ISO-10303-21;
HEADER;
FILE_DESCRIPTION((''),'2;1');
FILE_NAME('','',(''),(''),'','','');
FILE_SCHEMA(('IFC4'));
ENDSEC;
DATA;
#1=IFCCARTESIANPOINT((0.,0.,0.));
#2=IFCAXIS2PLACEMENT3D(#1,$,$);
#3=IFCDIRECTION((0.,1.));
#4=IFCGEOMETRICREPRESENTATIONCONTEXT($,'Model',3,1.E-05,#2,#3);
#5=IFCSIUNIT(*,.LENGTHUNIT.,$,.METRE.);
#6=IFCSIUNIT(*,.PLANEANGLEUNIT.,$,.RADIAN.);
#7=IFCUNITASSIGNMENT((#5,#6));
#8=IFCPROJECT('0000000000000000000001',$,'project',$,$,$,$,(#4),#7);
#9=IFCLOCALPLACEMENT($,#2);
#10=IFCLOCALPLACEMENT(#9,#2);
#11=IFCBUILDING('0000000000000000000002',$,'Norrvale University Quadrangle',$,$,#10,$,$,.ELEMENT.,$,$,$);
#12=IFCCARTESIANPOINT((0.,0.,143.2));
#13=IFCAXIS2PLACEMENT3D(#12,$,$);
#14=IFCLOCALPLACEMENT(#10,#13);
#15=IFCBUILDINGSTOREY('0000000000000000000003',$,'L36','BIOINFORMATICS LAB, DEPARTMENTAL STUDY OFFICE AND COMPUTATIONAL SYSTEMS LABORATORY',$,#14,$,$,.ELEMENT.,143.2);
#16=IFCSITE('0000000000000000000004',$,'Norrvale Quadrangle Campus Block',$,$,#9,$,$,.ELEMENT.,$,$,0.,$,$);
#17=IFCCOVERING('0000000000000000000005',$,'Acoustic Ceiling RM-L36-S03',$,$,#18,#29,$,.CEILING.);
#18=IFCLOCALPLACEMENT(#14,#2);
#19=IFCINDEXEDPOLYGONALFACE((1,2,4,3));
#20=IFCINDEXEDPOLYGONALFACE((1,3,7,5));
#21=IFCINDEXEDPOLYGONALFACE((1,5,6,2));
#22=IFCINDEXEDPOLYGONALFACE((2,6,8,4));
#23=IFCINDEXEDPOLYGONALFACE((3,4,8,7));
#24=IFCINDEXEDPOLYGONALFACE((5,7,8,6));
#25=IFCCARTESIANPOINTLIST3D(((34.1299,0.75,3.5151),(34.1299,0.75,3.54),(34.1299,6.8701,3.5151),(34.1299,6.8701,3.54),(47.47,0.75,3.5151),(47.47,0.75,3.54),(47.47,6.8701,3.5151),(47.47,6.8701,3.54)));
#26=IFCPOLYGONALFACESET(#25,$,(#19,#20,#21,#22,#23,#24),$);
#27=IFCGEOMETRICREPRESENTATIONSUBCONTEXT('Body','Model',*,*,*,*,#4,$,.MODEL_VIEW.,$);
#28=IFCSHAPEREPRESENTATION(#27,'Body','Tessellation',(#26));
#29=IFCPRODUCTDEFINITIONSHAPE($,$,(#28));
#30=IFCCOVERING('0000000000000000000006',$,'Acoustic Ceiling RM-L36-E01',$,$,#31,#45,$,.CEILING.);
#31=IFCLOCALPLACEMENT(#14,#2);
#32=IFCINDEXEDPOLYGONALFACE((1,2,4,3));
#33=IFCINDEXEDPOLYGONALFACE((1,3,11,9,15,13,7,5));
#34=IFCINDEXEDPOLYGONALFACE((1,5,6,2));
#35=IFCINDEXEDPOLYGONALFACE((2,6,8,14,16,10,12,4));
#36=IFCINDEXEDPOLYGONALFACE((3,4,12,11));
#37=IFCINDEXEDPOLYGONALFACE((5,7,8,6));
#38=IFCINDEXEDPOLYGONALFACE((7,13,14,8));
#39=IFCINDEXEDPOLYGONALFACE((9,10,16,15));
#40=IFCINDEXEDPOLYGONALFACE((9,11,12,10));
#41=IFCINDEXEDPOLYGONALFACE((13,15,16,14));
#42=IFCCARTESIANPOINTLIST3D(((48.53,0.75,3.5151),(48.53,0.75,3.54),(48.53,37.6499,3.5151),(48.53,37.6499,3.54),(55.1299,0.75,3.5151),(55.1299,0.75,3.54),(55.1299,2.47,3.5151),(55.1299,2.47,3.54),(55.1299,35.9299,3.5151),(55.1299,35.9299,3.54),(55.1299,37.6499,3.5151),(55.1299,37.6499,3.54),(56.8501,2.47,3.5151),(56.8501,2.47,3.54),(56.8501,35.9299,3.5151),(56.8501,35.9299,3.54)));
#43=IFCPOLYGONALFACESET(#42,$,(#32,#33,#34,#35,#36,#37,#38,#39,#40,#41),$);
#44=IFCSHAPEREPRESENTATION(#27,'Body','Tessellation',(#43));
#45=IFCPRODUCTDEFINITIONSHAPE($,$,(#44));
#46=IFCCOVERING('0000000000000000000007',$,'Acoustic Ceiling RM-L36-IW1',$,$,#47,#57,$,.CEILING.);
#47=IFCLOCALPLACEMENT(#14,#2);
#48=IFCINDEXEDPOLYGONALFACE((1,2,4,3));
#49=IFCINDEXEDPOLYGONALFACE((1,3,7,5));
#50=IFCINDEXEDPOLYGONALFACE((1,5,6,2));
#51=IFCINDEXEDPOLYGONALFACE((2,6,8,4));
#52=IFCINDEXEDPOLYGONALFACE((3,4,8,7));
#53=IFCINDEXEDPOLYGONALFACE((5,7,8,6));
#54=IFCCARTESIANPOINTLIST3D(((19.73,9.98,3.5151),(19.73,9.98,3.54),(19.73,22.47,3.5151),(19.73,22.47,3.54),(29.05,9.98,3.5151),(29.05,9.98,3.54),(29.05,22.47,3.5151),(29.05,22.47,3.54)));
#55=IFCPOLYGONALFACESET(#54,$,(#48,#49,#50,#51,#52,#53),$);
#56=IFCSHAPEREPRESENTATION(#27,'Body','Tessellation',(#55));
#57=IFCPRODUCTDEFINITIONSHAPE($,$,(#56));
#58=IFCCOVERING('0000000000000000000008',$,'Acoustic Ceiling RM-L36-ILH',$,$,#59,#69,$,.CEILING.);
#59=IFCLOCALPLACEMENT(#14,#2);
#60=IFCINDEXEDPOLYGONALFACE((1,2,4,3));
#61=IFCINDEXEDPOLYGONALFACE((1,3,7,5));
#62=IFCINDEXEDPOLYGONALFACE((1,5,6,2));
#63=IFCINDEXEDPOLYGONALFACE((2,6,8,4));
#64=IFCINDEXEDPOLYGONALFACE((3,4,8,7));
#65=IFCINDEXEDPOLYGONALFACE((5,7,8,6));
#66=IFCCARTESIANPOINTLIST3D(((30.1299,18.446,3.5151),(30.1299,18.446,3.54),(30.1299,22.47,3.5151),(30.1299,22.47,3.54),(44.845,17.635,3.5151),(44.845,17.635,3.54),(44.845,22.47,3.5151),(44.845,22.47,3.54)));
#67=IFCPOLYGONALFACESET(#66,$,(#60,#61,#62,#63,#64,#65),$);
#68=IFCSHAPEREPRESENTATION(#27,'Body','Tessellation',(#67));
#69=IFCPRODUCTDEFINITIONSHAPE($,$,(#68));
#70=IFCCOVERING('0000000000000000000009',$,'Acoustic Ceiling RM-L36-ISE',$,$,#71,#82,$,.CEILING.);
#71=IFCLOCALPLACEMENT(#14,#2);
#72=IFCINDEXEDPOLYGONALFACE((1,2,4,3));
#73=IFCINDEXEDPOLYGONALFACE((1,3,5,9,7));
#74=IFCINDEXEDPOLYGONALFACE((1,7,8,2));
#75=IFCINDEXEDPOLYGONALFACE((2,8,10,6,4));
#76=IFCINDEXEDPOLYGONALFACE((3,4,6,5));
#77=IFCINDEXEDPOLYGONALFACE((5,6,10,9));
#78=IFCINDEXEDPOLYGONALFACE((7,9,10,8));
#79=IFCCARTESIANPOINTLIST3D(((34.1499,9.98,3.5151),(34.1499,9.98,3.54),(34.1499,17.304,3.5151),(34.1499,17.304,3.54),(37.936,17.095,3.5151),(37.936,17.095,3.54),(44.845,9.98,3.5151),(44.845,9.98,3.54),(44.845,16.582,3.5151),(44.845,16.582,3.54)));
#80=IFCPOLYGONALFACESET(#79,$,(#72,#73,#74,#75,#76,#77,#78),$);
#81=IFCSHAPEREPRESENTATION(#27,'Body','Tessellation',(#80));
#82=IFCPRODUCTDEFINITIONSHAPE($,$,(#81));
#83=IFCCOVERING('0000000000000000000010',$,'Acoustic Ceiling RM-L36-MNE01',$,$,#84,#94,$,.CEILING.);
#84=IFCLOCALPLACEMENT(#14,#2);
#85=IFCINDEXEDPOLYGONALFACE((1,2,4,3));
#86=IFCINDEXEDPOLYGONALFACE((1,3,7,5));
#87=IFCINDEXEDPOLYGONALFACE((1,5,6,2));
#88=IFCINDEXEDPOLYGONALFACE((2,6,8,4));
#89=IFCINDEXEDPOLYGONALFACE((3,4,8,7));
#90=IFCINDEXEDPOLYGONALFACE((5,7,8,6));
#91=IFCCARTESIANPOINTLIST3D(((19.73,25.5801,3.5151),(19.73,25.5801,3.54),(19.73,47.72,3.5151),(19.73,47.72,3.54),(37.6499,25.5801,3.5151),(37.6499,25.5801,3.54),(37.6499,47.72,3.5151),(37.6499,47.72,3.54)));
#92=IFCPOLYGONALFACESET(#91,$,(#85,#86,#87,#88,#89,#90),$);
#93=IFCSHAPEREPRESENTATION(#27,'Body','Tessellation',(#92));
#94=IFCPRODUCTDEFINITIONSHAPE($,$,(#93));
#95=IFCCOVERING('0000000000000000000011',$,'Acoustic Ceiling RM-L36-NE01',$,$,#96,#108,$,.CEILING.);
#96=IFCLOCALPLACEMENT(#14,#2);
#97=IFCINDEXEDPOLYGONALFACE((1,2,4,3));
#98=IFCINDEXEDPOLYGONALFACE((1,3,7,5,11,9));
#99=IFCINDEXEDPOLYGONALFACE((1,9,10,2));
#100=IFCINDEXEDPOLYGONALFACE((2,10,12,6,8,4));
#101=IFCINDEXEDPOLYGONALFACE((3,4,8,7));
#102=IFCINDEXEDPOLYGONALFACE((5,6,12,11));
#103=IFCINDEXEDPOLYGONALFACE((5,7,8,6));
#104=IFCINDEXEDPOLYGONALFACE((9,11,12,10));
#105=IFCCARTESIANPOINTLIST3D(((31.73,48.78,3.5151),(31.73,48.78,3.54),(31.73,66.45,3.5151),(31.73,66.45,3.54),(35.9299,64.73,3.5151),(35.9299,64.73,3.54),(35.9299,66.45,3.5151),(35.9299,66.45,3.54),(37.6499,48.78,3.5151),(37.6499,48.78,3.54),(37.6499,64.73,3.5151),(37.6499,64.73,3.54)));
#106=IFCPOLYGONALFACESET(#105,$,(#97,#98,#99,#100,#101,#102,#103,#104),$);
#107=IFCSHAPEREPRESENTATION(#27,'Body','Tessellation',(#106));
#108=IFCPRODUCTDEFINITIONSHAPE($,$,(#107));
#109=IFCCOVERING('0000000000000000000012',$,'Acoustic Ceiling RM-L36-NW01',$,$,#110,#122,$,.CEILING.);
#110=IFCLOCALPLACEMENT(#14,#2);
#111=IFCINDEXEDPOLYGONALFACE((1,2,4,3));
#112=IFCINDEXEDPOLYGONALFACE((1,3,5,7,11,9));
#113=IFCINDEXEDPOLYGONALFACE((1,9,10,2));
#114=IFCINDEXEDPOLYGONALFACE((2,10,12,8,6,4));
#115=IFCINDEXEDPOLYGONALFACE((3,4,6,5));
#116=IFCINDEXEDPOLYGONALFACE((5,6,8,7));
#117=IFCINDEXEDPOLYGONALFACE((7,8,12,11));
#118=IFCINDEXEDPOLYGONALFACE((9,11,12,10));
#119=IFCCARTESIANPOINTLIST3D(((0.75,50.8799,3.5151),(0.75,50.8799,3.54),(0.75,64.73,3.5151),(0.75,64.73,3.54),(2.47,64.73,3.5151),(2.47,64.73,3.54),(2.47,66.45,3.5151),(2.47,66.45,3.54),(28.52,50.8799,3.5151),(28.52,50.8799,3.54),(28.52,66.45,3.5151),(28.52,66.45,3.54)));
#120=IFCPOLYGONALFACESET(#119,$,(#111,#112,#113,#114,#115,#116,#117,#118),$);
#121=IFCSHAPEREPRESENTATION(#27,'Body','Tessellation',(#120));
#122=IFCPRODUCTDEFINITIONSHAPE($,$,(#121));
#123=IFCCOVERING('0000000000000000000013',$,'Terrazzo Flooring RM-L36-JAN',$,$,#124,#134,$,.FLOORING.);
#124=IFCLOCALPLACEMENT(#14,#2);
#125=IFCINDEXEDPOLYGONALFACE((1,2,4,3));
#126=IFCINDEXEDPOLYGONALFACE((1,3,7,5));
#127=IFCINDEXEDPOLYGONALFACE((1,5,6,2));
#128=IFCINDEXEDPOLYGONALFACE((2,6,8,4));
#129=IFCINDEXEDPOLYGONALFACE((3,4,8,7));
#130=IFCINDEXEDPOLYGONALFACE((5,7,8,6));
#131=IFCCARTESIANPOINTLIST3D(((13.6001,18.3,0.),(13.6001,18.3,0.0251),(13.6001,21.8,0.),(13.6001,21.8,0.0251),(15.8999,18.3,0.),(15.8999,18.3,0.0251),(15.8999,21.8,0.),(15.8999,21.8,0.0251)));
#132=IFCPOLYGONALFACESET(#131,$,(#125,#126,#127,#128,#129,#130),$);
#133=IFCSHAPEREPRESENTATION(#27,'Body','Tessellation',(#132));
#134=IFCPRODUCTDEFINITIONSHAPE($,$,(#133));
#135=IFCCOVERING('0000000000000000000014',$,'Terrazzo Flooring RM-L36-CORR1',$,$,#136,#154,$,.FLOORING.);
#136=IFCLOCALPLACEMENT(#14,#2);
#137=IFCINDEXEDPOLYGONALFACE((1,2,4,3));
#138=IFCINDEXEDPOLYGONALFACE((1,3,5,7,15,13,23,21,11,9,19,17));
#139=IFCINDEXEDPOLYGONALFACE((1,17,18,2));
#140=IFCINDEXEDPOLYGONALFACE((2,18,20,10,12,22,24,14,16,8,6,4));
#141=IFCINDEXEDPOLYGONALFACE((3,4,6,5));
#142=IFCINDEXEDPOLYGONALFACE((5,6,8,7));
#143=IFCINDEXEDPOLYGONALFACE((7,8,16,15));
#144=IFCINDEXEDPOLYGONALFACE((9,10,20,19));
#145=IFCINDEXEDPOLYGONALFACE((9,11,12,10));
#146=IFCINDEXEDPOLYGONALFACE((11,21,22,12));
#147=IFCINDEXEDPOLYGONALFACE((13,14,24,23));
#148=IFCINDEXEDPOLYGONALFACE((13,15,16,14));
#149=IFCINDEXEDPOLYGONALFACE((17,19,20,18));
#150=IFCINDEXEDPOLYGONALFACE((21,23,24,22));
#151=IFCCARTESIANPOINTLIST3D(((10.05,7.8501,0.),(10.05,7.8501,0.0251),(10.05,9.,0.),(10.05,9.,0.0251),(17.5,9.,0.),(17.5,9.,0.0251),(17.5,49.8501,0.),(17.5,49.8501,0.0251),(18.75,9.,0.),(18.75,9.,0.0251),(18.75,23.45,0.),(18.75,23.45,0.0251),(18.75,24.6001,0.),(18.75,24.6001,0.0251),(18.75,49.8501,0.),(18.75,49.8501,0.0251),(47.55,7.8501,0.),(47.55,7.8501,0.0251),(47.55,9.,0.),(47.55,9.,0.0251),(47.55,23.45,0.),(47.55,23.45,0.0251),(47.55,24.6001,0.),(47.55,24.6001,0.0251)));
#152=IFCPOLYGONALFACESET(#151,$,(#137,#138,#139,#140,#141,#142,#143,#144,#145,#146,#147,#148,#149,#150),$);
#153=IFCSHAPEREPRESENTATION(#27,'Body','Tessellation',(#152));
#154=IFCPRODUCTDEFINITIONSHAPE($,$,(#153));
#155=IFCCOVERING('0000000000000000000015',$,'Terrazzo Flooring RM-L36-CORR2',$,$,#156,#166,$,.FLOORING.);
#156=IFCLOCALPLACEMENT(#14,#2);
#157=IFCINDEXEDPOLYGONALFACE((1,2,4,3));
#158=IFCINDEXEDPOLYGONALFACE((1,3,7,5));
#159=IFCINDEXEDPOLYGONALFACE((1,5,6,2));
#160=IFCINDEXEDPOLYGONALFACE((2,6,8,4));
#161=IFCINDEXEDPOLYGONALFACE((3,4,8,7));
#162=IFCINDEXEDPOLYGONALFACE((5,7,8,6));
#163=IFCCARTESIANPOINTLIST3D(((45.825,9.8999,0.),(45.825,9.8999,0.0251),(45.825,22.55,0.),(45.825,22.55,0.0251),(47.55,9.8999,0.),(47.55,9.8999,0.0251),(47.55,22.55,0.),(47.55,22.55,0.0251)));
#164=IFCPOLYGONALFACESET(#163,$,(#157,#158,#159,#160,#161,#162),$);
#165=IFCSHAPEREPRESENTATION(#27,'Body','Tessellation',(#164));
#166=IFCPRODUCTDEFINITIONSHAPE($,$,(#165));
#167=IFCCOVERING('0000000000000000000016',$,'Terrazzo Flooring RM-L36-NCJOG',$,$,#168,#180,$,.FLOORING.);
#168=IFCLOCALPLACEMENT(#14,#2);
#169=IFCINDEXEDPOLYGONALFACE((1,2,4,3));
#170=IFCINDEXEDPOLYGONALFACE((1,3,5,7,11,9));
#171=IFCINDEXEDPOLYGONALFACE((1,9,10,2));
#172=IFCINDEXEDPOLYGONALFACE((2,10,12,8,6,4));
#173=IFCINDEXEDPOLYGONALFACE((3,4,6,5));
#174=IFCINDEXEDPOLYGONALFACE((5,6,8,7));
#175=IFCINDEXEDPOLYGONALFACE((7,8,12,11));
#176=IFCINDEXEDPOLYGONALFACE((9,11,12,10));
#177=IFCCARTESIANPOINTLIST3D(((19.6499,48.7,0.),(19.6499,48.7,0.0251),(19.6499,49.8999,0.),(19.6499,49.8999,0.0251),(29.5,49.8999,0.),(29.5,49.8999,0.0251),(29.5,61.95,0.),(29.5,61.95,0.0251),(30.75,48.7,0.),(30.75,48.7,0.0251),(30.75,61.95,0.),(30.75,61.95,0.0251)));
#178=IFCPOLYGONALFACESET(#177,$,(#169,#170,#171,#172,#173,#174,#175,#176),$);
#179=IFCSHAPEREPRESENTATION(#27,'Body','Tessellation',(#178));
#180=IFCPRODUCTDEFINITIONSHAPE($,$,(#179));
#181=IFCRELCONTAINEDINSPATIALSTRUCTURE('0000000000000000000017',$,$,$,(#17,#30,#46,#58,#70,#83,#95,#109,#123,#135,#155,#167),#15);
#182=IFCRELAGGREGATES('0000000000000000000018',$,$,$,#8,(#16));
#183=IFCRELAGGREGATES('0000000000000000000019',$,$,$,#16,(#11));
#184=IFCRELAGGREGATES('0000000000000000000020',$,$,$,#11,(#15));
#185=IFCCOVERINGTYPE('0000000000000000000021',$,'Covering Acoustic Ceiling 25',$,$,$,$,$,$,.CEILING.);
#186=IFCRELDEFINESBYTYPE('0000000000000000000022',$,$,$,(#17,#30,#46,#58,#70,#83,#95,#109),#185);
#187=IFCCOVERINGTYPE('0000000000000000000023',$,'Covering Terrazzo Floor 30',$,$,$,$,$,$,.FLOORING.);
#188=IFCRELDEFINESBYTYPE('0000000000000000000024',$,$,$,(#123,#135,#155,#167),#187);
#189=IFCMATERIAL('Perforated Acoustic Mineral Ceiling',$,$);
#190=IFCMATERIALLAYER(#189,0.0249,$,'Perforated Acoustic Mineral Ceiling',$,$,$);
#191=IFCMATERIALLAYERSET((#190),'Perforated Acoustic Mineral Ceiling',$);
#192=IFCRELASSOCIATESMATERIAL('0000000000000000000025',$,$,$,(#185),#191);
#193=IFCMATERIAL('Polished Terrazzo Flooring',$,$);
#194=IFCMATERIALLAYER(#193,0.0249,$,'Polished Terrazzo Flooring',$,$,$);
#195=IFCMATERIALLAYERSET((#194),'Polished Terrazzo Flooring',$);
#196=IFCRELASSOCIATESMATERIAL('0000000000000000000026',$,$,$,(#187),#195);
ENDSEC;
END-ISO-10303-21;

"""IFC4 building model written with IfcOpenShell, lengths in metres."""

from ifc_helpers import new_model, si_unit, direction, frame, origin, place, context, subcontext, project, spatial, polyline, outline, extrude, material, layer, layer_set, type_object, element, save


model = new_model("IFC4")

# Units and contexts
model_context = context("Model", 3, precision=1e-05, world=origin(), true_north=direction((0.0, 1.0)))
body_context = subcontext(model_context, "Body", "Model", "MODEL_VIEW")
ifc_project = project(units=[si_unit("LENGTHUNIT", "METRE"), si_unit("PLANEANGLEUNIT", "RADIAN")], contexts=[model_context])

# Site, building, storey
site_placement = place(None, origin())
site = spatial("IfcSite", under=ifc_project, at=site_placement, Name="Norrvale Quadrangle Campus Block", CompositionType="ELEMENT", RefElevation=0.0)
building_placement = place(site_placement, origin())
building = spatial("IfcBuilding", under=site, at=building_placement, Name="Norrvale University Quadrangle", CompositionType="ELEMENT")
storey_placement = place(building_placement, frame((0.0, 0.0, 143.2)))
storey = spatial("IfcBuildingStorey", under=building, at=storey_placement, Name="L36", Description="BIOINFORMATICS LAB, DEPARTMENTAL STUDY OFFICE AND COMPUTATIONAL SYSTEMS LABORATORY", CompositionType="ELEMENT", Elevation=143.2)

# Coverings
ifc_material_1 = material(Name="Perforated Acoustic Mineral Ceiling")
ifc_layer_1 = layer(ifc_material_1, 0.0249, Name="Perforated Acoustic Mineral Ceiling")
ifc_layer_set_1 = layer_set([ifc_layer_1], Name="Perforated Acoustic Mineral Ceiling")
covering_type_1 = type_object("IfcCoveringType", Name="Covering Acoustic Ceiling 25", PredefinedType="CEILING", material=ifc_layer_set_1)
covering_1_placement = place(storey_placement, frame((0.0, 0.0, 3.5151)))
element("IfcCovering", 1, at=covering_1_placement, inside=storey, type_object=covering_type_1, Name="Acoustic Ceiling RM-L36-S03", PredefinedType="CEILING", context=body_context, shape_type="SweptSolid", body=[
    extrude(outline(polyline([(34.1299, 6.8701), (47.47, 6.8701), (47.47, 0.75), (34.1299, 0.75), (34.1299, 6.8701)])), origin(), (0.0, 0.0, 1.0), 0.0249),
])
covering_2_placement = place(storey_placement, frame((0.0, 0.0, 3.5151)))
element("IfcCovering", 2, at=covering_2_placement, inside=storey, type_object=covering_type_1, Name="Acoustic Ceiling RM-L36-E01", PredefinedType="CEILING", context=body_context, shape_type="SweptSolid", body=[
    extrude(outline(polyline([(48.53, 0.75), (48.53, 37.6499), (55.1299, 37.6499), (55.1299, 35.9299), (56.8501, 35.9299), (56.8501, 2.47), (55.1299, 2.47), (55.1299, 0.75), (48.53, 0.75)])), origin(), (0.0, 0.0, 1.0), 0.0249),
])
covering_3_placement = place(storey_placement, frame((0.0, 0.0, 3.5151)))
element("IfcCovering", 3, at=covering_3_placement, inside=storey, type_object=covering_type_1, Name="Acoustic Ceiling RM-L36-IW1", PredefinedType="CEILING", context=body_context, shape_type="SweptSolid", body=[
    extrude(outline(polyline([(19.73, 9.98), (19.73, 22.47), (29.05, 22.47), (29.05, 9.98), (19.73, 9.98)])), origin(), (0.0, 0.0, 1.0), 0.0249),
])
covering_4_placement = place(storey_placement, frame((0.0, 0.0, 3.5151)))
element("IfcCovering", 4, at=covering_4_placement, inside=storey, type_object=covering_type_1, Name="Acoustic Ceiling RM-L36-ILH", PredefinedType="CEILING", context=body_context, shape_type="SweptSolid", body=[
    extrude(outline(polyline([(30.1299, 18.446), (30.1299, 22.47), (44.845, 22.47), (44.845, 17.635), (30.1299, 18.446)])), origin(), (0.0, 0.0, 1.0), 0.0249),
])
covering_5_placement = place(storey_placement, frame((0.0, 0.0, 3.5151)))
element("IfcCovering", 5, at=covering_5_placement, inside=storey, type_object=covering_type_1, Name="Acoustic Ceiling RM-L36-ISE", PredefinedType="CEILING", context=body_context, shape_type="SweptSolid", body=[
    extrude(outline(polyline([(44.845, 16.582), (44.845, 9.98), (34.1499, 9.98), (34.1499, 17.304), (37.936, 17.095), (44.845, 16.582)])), origin(), (0.0, 0.0, 1.0), 0.0249),
])
covering_6_placement = place(storey_placement, frame((0.0, 0.0, 3.5151)))
element("IfcCovering", 6, at=covering_6_placement, inside=storey, type_object=covering_type_1, Name="Acoustic Ceiling RM-L36-MNE01", PredefinedType="CEILING", context=body_context, shape_type="SweptSolid", body=[
    extrude(outline(polyline([(19.73, 47.72), (37.6499, 47.72), (37.6499, 25.5801), (19.73, 25.5801), (19.73, 47.72)])), origin(), (0.0, 0.0, 1.0), 0.0249),
])
covering_7_placement = place(storey_placement, frame((0.0, 0.0, 3.5151)))
element("IfcCovering", 7, at=covering_7_placement, inside=storey, type_object=covering_type_1, Name="Acoustic Ceiling RM-L36-NE01", PredefinedType="CEILING", context=body_context, shape_type="SweptSolid", body=[
    extrude(outline(polyline([(37.6499, 48.78), (31.73, 48.78), (31.73, 66.45), (35.9299, 66.45), (35.9299, 64.73), (37.6499, 64.73), (37.6499, 48.78)])), origin(), (0.0, 0.0, 1.0), 0.0249),
])
covering_8_placement = place(storey_placement, frame((0.0, 0.0, 3.5151)))
element("IfcCovering", 8, at=covering_8_placement, inside=storey, type_object=covering_type_1, Name="Acoustic Ceiling RM-L36-NW01", PredefinedType="CEILING", context=body_context, shape_type="SweptSolid", body=[
    extrude(outline(polyline([(28.52, 66.45), (28.52, 50.8799), (0.75, 50.8799), (0.75, 64.73), (2.47, 64.73), (2.47, 66.45), (28.52, 66.45)])), origin(), (0.0, 0.0, 1.0), 0.0249),
])
ifc_material_2 = material(Name="Polished Terrazzo Flooring")
ifc_layer_2 = layer(ifc_material_2, 0.0249, Name="Polished Terrazzo Flooring")
ifc_layer_set_2 = layer_set([ifc_layer_2], Name="Polished Terrazzo Flooring")
covering_type_2 = type_object("IfcCoveringType", Name="Covering Terrazzo Floor 30", PredefinedType="FLOORING", material=ifc_layer_set_2)
covering_9_placement = place(storey_placement, origin())
element("IfcCovering", 9, at=covering_9_placement, inside=storey, type_object=covering_type_2, Name="Terrazzo Flooring RM-L36-JAN", PredefinedType="FLOORING", context=body_context, shape_type="SweptSolid", body=[
    extrude(outline(polyline([(13.6001, 18.3), (13.6001, 21.8), (15.8999, 21.8), (15.8999, 18.3), (13.6001, 18.3)])), origin(), (0.0, 0.0, 1.0), 0.0251),
])
covering_10_placement = place(storey_placement, origin())
element("IfcCovering", 10, at=covering_10_placement, inside=storey, type_object=covering_type_2, Name="Terrazzo Flooring RM-L36-CORR1", PredefinedType="FLOORING", context=body_context, shape_type="SweptSolid", body=[
    extrude(outline(polyline([(10.05, 7.8501), (10.05, 9.0), (17.5, 9.0), (17.5, 49.8501), (18.75, 49.8501), (18.75, 24.6001), (47.55, 24.6001), (47.55, 23.45), (18.75, 23.45), (18.75, 9.0), (47.55, 9.0), (47.55, 7.8501), (10.05, 7.8501)])), origin(), (0.0, 0.0, 1.0), 0.0251),
])
covering_11_placement = place(storey_placement, origin())
element("IfcCovering", 11, at=covering_11_placement, inside=storey, type_object=covering_type_2, Name="Terrazzo Flooring RM-L36-CORR2", PredefinedType="FLOORING", context=body_context, shape_type="SweptSolid", body=[
    extrude(outline(polyline([(45.825, 9.8999), (45.825, 22.55), (47.55, 22.55), (47.55, 9.8999), (45.825, 9.8999)])), origin(), (0.0, 0.0, 1.0), 0.0251),
])
covering_12_placement = place(storey_placement, origin())
element("IfcCovering", 12, at=covering_12_placement, inside=storey, type_object=covering_type_2, Name="Terrazzo Flooring RM-L36-NCJOG", PredefinedType="FLOORING", context=body_context, shape_type="SweptSolid", body=[
    extrude(outline(polyline([(19.6499, 48.7), (19.6499, 49.8999), (29.5, 49.8999), (29.5, 61.95), (30.75, 61.95), (30.75, 48.7), (19.6499, 48.7)])), origin(), (0.0, 0.0, 1.0), 0.0251),
])

save(model, "model.ifc")
